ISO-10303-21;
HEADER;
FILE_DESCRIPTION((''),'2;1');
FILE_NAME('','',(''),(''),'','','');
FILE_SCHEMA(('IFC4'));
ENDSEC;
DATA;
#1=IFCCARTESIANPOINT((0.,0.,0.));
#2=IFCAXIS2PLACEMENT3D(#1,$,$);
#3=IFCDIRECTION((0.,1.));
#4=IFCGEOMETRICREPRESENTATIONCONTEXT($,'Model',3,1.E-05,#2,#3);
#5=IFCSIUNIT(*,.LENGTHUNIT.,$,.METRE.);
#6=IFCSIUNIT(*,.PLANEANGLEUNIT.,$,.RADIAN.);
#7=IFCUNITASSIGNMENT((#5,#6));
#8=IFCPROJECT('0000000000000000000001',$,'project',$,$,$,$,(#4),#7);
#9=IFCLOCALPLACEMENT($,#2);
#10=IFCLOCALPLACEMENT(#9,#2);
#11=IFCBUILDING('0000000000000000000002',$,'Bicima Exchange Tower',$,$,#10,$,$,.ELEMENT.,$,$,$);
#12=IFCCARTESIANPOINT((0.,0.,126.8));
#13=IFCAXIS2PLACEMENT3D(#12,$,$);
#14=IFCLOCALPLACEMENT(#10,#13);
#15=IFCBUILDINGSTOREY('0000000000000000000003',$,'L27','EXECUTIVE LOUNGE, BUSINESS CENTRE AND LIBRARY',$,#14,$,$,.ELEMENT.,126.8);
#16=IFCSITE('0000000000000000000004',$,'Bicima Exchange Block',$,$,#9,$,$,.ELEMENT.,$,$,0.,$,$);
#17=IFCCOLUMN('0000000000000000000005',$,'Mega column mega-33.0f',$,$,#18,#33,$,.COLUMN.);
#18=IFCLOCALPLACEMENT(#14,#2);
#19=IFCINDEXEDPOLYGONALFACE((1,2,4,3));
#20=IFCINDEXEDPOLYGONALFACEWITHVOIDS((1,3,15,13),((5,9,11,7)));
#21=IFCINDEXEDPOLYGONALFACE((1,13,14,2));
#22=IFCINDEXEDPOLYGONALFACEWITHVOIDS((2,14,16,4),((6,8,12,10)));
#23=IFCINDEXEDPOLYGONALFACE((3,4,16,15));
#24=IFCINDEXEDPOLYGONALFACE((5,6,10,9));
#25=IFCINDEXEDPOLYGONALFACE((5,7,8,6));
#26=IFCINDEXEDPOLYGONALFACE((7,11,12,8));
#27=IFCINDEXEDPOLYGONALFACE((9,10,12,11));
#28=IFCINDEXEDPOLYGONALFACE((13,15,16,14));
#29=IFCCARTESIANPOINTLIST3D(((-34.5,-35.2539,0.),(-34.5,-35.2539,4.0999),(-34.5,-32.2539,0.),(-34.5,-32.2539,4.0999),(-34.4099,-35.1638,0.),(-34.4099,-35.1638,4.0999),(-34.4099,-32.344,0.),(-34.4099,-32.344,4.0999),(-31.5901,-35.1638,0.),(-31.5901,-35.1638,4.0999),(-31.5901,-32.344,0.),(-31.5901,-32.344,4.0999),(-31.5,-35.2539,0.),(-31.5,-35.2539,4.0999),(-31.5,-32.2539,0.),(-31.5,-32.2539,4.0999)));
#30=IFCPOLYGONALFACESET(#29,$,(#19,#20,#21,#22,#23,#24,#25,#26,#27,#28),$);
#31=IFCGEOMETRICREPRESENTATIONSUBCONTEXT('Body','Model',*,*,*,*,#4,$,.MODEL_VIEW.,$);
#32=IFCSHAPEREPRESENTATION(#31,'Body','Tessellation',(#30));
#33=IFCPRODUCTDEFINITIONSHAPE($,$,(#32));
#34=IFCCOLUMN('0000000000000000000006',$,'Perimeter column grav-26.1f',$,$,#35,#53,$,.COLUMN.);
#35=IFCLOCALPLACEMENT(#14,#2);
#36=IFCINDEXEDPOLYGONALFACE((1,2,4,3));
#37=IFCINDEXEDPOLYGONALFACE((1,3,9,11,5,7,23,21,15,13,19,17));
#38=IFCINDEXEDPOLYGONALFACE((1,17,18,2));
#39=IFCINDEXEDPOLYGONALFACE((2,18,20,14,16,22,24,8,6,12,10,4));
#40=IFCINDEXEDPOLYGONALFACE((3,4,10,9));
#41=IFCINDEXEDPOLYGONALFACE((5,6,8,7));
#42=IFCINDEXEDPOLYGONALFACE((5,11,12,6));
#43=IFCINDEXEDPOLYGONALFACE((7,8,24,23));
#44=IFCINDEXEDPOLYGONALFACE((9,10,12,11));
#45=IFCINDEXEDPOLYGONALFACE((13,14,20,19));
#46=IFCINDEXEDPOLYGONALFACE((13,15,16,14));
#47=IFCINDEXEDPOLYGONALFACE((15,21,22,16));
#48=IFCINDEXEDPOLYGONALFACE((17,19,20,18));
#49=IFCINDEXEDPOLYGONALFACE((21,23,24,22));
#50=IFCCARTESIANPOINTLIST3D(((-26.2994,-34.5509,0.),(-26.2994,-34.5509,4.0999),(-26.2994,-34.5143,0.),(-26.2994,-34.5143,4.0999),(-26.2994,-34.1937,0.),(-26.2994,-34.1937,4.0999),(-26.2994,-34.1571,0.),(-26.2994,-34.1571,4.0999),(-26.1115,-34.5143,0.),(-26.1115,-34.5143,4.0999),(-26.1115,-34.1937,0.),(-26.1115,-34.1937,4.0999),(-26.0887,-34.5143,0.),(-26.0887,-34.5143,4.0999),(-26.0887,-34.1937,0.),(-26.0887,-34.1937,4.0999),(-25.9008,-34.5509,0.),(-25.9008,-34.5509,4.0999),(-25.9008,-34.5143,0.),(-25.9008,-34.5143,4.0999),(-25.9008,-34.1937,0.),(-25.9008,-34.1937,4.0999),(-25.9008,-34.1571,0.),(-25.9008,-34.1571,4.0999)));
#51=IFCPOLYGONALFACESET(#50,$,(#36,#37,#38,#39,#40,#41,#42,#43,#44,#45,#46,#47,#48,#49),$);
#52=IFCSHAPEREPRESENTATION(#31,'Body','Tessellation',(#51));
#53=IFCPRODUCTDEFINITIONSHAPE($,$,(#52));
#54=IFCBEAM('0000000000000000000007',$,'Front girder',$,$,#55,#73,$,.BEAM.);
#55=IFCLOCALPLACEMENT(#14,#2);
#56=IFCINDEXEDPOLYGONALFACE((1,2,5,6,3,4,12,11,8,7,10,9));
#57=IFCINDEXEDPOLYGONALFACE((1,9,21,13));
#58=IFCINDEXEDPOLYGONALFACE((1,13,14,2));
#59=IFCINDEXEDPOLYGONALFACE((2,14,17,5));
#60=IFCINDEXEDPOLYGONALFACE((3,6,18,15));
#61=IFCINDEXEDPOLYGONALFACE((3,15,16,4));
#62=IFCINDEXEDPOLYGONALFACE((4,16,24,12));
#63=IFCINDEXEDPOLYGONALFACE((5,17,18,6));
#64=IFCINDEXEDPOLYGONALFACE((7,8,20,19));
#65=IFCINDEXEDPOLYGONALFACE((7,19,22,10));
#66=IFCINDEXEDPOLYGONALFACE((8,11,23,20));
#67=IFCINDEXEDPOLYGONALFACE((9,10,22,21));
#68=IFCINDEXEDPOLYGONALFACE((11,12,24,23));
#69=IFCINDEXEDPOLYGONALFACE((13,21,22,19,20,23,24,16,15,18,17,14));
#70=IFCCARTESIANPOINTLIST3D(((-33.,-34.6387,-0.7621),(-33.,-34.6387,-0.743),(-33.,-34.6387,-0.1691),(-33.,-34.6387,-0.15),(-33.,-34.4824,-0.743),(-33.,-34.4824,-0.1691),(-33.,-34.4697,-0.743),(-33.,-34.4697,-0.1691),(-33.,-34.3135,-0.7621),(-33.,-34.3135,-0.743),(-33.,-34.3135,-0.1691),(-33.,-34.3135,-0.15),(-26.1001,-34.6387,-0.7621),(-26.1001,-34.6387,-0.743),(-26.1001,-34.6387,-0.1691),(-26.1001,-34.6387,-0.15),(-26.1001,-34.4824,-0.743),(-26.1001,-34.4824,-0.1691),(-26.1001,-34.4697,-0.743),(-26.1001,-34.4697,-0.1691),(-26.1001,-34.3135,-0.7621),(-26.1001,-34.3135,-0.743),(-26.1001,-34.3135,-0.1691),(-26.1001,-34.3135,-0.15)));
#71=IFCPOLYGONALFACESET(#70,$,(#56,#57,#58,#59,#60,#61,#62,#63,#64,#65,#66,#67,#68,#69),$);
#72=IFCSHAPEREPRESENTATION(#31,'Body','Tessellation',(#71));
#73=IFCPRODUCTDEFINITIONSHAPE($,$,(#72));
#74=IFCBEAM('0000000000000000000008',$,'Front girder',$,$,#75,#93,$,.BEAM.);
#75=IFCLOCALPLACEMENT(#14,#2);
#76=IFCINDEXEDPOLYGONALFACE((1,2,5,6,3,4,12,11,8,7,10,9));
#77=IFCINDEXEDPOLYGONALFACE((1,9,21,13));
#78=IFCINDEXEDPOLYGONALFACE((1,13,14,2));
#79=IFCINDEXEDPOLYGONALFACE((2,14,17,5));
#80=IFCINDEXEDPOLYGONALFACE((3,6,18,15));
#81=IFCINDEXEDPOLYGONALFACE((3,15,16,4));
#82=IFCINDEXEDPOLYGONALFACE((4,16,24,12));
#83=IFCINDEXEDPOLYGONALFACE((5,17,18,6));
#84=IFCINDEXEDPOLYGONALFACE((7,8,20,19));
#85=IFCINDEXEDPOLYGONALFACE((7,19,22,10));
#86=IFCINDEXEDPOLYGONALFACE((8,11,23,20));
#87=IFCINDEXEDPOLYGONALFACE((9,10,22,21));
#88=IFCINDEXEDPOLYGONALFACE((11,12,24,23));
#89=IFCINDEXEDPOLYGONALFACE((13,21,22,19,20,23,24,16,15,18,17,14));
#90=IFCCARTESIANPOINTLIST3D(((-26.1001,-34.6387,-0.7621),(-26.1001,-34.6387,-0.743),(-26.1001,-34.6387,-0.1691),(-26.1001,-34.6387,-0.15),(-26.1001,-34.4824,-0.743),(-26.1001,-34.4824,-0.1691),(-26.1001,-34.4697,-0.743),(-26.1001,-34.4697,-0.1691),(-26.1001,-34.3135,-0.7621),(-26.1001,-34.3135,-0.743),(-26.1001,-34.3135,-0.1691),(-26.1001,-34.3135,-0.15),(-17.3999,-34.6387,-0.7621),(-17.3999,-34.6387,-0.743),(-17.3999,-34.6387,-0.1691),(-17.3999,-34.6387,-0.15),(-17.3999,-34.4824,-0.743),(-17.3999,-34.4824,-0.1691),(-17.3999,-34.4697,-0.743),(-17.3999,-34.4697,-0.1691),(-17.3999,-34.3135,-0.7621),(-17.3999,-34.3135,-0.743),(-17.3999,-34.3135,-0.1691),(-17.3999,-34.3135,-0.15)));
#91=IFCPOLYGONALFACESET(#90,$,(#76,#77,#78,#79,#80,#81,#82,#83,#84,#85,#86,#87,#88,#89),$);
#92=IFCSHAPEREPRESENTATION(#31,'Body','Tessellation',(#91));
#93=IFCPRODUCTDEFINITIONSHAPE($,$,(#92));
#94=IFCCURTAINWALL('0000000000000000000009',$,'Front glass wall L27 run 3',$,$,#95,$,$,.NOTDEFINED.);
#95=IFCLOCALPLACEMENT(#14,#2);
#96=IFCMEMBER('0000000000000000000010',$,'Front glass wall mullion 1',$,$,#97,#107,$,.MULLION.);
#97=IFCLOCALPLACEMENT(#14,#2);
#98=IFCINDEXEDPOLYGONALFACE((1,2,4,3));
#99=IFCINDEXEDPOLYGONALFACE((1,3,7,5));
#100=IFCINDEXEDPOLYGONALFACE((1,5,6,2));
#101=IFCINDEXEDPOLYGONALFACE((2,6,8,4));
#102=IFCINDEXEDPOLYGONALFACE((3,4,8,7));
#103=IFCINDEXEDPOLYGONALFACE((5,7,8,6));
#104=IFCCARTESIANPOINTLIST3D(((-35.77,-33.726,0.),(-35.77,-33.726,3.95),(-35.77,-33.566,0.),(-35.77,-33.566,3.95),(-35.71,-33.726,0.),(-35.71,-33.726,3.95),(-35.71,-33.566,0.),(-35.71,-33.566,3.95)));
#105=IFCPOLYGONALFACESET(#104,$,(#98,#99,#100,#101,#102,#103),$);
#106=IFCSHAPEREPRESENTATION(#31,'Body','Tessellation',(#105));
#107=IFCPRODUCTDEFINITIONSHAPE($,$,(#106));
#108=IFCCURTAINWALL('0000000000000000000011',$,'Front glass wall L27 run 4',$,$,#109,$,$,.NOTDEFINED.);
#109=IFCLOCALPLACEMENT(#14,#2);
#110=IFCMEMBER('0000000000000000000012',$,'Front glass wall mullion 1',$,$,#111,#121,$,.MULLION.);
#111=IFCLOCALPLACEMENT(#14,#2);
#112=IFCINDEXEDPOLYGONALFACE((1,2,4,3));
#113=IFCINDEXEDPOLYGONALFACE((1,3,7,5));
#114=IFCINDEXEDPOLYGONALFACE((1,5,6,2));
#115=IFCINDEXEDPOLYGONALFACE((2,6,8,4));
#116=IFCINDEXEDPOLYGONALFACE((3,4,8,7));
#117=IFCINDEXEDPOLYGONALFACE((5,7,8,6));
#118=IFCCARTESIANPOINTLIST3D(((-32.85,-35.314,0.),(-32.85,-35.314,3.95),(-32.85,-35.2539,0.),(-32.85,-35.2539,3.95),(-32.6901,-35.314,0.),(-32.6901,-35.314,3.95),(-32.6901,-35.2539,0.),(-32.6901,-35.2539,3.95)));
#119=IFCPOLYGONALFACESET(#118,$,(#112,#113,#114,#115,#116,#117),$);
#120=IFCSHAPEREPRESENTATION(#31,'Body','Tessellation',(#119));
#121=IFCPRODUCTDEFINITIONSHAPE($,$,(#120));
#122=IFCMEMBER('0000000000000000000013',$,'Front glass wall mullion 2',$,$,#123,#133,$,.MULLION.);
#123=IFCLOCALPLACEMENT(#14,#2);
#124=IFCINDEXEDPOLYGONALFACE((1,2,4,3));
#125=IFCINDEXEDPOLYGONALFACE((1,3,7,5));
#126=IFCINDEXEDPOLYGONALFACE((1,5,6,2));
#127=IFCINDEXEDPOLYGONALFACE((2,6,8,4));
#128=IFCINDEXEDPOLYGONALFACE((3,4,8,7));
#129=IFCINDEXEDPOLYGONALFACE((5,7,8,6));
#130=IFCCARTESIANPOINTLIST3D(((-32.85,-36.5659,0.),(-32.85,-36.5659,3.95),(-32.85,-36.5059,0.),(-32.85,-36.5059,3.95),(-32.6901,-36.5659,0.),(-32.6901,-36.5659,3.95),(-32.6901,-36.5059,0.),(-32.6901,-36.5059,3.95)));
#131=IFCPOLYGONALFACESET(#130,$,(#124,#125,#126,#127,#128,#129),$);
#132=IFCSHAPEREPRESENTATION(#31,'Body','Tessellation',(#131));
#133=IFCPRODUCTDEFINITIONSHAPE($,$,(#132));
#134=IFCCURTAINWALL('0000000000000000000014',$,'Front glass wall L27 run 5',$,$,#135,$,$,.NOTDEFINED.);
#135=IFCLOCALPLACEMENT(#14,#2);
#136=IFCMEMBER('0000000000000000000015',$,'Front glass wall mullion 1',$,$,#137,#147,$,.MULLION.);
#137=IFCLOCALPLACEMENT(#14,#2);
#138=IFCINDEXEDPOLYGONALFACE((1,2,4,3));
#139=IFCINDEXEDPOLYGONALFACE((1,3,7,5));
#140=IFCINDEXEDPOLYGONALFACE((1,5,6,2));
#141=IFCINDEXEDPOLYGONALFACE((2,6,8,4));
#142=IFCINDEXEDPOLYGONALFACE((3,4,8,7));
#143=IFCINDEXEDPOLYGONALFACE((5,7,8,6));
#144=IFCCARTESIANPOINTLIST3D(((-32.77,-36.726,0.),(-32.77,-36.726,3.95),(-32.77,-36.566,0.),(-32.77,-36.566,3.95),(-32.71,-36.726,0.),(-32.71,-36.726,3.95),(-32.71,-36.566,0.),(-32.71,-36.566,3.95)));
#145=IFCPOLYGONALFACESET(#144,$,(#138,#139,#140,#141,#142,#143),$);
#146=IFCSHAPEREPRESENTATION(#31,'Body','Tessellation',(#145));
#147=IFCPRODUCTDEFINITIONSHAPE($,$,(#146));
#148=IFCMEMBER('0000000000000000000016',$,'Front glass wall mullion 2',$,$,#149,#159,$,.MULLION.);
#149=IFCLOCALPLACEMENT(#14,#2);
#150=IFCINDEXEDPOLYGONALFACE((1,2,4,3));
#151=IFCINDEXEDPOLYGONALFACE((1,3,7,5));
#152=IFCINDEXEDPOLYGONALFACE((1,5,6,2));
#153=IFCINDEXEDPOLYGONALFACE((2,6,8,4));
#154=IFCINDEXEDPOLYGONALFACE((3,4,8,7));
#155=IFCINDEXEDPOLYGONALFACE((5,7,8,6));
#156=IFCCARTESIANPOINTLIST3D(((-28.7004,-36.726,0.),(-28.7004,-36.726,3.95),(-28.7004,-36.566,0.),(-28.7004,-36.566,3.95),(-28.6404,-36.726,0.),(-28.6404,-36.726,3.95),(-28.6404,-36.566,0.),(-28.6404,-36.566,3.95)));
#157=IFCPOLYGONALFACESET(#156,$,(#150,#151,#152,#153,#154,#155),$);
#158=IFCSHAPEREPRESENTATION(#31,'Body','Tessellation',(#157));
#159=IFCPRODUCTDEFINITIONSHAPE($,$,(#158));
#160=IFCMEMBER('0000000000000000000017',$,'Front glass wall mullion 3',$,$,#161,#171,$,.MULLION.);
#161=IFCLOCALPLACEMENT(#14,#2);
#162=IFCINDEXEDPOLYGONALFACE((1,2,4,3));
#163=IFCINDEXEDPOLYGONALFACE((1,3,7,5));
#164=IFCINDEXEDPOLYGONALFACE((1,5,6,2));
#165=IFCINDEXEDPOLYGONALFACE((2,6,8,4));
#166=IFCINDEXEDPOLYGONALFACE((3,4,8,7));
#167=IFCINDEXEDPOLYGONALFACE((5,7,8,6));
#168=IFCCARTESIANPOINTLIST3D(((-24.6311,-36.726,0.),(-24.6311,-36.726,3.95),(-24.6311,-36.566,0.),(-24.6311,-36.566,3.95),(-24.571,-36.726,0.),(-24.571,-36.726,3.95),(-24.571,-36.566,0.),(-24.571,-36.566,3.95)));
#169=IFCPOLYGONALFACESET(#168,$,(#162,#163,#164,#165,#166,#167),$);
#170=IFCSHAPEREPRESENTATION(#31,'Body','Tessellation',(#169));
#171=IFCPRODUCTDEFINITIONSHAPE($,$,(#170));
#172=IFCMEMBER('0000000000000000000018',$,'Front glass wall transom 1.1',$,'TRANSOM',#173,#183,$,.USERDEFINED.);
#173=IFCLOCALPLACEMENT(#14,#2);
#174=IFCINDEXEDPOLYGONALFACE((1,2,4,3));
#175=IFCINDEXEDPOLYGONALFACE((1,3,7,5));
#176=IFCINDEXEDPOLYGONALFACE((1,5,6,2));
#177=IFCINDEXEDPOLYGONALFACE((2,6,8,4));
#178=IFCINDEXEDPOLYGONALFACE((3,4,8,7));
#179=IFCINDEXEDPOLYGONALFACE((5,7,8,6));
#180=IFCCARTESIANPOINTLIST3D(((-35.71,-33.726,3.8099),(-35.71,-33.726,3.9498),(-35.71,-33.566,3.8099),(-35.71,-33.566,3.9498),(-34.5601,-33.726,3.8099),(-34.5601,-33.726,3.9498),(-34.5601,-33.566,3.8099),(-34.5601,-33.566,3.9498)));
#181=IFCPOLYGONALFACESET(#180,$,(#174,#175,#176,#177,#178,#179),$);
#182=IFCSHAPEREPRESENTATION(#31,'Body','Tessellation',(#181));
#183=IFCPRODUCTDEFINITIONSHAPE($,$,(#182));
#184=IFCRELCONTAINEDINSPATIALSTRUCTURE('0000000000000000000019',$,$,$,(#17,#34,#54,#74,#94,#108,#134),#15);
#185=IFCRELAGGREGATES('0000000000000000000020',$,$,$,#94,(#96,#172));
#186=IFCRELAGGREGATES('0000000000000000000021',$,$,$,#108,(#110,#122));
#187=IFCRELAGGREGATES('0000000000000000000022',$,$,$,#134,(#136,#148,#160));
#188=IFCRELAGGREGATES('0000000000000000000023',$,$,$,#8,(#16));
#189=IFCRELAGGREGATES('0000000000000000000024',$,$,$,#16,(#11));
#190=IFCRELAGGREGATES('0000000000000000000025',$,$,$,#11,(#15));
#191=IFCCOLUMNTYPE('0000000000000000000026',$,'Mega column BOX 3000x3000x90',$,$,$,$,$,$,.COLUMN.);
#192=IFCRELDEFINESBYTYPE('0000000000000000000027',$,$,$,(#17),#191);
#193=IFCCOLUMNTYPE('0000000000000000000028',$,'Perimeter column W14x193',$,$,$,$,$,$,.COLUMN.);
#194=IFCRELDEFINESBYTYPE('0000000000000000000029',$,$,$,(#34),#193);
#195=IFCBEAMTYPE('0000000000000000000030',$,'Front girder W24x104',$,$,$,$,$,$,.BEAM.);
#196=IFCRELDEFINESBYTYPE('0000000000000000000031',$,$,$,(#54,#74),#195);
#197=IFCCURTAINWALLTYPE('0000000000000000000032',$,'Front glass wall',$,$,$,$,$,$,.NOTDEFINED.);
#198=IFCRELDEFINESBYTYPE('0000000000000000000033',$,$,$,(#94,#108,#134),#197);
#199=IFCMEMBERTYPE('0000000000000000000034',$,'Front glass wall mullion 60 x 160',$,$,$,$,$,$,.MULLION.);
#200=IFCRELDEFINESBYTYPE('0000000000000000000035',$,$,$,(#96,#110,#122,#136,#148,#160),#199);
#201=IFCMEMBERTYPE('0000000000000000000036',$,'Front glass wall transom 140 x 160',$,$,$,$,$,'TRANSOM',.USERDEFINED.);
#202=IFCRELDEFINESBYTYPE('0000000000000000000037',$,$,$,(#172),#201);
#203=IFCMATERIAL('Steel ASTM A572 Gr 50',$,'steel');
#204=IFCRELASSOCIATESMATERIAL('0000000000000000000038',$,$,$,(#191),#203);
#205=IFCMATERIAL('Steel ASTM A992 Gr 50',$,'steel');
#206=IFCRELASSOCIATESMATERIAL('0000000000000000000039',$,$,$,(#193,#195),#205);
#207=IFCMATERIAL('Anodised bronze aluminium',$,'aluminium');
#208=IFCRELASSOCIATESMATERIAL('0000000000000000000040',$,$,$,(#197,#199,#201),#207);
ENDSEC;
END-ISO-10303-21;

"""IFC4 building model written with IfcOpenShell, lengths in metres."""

from ifc_helpers import new_model, si_unit, direction, frame, origin, origin_2d, place, context, subcontext, project, spatial, rectangle, hollow_rectangle, i_section, extrude, material, material_profile, profile_set, type_object, element, aggregate, save


model = new_model("IFC4")

# Units and contexts
model_context = context("Model", 3, precision=1e-05, world=origin(), true_north=direction((0.0, 1.0)))
body_context = subcontext(model_context, "Body", "Model", "MODEL_VIEW")
ifc_project = project(units=[si_unit("LENGTHUNIT", "METRE"), si_unit("PLANEANGLEUNIT", "RADIAN")], contexts=[model_context])

# Site, building, storey
site_placement = place(None, origin())
site = spatial("IfcSite", under=ifc_project, at=site_placement, Name="Bicima Exchange Block", CompositionType="ELEMENT", RefElevation=0.0)
building_placement = place(site_placement, origin())
building = spatial("IfcBuilding", under=site, at=building_placement, Name="Bicima Exchange Tower", CompositionType="ELEMENT")
storey_placement = place(building_placement, frame((0.0, 0.0, 126.8)))
storey = spatial("IfcBuildingStorey", under=building, at=storey_placement, Name="L27", Description="EXECUTIVE LOUNGE, BUSINESS CENTRE AND LIBRARY", CompositionType="ELEMENT", Elevation=126.8)

# Columns
ifc_material_1 = material(Name="Steel ASTM A572 Gr 50", Category="steel")
ifc_material_profile_1 = material_profile(ifc_material_1, hollow_rectangle(XDim=3.0, YDim=3.0, WallThickness=0.0901, at=origin_2d()))
ifc_profile_set_1 = profile_set([ifc_material_profile_1], Name="Steel ASTM A572 Gr 50")
column_type_1 = type_object("IfcColumnType", Name="Mega column BOX 3000x3000x90", PredefinedType="COLUMN", material=ifc_profile_set_1)
column_1_placement = place(storey_placement, frame((-33.0, -33.7539, 0.0), z_axis=(0.0, 0.0, 1.0), x_axis=(1.0, 0.0, 0.0)))
element("IfcColumn", 1, at=column_1_placement, inside=storey, type_object=column_type_1, Name="Mega column mega-33.0f", PredefinedType="COLUMN", context=body_context, shape_type="SweptSolid", body=[
    extrude(hollow_rectangle(XDim=3.0, YDim=3.0, WallThickness=0.0901, at=origin_2d()), origin(), (0.0, 0.0, 1.0), 4.0999),
])
ifc_material_2 = material(Name="Steel ASTM A992 Gr 50", Category="steel")
ifc_material_profile_2 = material_profile(ifc_material_2, i_section(OverallWidth=0.3987, OverallDepth=0.3938, WebThickness=0.0227, FlangeThickness=0.0366, at=origin_2d()))
ifc_profile_set_2 = profile_set([ifc_material_profile_2], Name="Steel ASTM A992 Gr 50")
column_type_2 = type_object("IfcColumnType", Name="Perimeter column W14x193", PredefinedType="COLUMN", material=ifc_profile_set_2)
column_2_placement = place(storey_placement, frame((-26.1001, -34.354, 0.0), z_axis=(0.0, 0.0, 1.0), x_axis=(1.0, 0.0, 0.0)))
element("IfcColumn", 2, at=column_2_placement, inside=storey, type_object=column_type_2, Name="Perimeter column grav-26.1f", PredefinedType="COLUMN", context=body_context, shape_type="SweptSolid", body=[
    extrude(i_section(OverallWidth=0.3987, OverallDepth=0.3938, WebThickness=0.0227, FlangeThickness=0.0366, at=origin_2d()), origin(), (0.0, 0.0, 1.0), 4.0999),
])

# Beams
ifc_material_profile_3 = material_profile(ifc_material_2, i_section(OverallWidth=0.3252, OverallDepth=0.6121, WebThickness=0.0127, FlangeThickness=0.019, at=origin_2d()))
ifc_profile_set_3 = profile_set([ifc_material_profile_3], Name="Steel ASTM A992 Gr 50")
beam_type = type_object("IfcBeamType", Name="Front girder W24x104", PredefinedType="BEAM", material=ifc_profile_set_3)
beam_1_placement = place(storey_placement, frame((-33.0, -34.4761, -0.4561), z_axis=(1.0, 0.0, 0.0), x_axis=(0.0, 1.0, 0.0)))
element("IfcBeam", 3, at=beam_1_placement, inside=storey, type_object=beam_type, Name="Front girder", PredefinedType="BEAM", context=body_context, shape_type="SweptSolid", body=[
    extrude(i_section(OverallWidth=0.3252, OverallDepth=0.6121, WebThickness=0.0127, FlangeThickness=0.019, at=origin_2d()), origin(), (0.0, 0.0, 1.0), 6.8999),
])
beam_2_placement = place(storey_placement, frame((-26.1001, -34.4761, -0.4561), z_axis=(1.0, 0.0, 0.0), x_axis=(0.0, 1.0, 0.0)))
element("IfcBeam", 4, at=beam_2_placement, inside=storey, type_object=beam_type, Name="Front girder", PredefinedType="BEAM", context=body_context, shape_type="SweptSolid", body=[
    extrude(i_section(OverallWidth=0.3252, OverallDepth=0.6121, WebThickness=0.0127, FlangeThickness=0.019, at=origin_2d()), origin(), (0.0, 0.0, 1.0), 8.7002),
])

# Curtain wall, member
ifc_material_3 = material(Name="Anodised bronze aluminium", Category="aluminium")
curtain_wall_type = type_object("IfcCurtainWallType", Name="Front glass wall", PredefinedType="NOTDEFINED", material=ifc_material_3)
curtain_wall_1_placement = place(storey_placement, origin())
curtain_wall_1 = element("IfcCurtainWall", 5, at=curtain_wall_1_placement, inside=storey, type_object=curtain_wall_type, Name="Front glass wall L27 run 3", PredefinedType="NOTDEFINED")
ifc_material_profile_4 = material_profile(ifc_material_3, rectangle(XDim=0.1599, YDim=0.0601, at=origin_2d()))
ifc_profile_set_4 = profile_set([ifc_material_profile_4], Name="Anodised bronze aluminium")
member_type_1 = type_object("IfcMemberType", Name="Front glass wall mullion 60 x 160", PredefinedType="MULLION", material=ifc_profile_set_4)
member_1_placement = place(storey_placement, frame((-35.74, -33.646, 0.0), z_axis=(0.0, 0.0, 1.0), x_axis=(0.0, 1.0, 0.0)))
member_1 = element("IfcMember", 6, at=member_1_placement, type_object=member_type_1, Name="Front glass wall mullion 1", PredefinedType="MULLION", context=body_context, shape_type="SweptSolid", body=[
    extrude(rectangle(XDim=0.1599, YDim=0.0601, at=origin_2d()), origin(), (0.0, 0.0, 1.0), 3.95),
])

# Curtain walls, members
curtain_wall_2_placement = place(storey_placement, origin())
curtain_wall_2 = element("IfcCurtainWall", 7, at=curtain_wall_2_placement, inside=storey, type_object=curtain_wall_type, Name="Front glass wall L27 run 4", PredefinedType="NOTDEFINED")
member_2_placement = place(storey_placement, frame((-32.77, -35.2839, 0.0), z_axis=(0.0, 0.0, 1.0), x_axis=(1.0, 0.0, 0.0)))
member_2 = element("IfcMember", 8, at=member_2_placement, type_object=member_type_1, Name="Front glass wall mullion 1", PredefinedType="MULLION", context=body_context, shape_type="SweptSolid", body=[
    extrude(rectangle(XDim=0.1599, YDim=0.0601, at=origin_2d()), origin(), (0.0, 0.0, 1.0), 3.95),
])
member_3_placement = place(storey_placement, frame((-32.77, -36.5359, 0.0), z_axis=(0.0, 0.0, 1.0), x_axis=(1.0, 0.0, 0.0)))
member_3 = element("IfcMember", 9, at=member_3_placement, type_object=member_type_1, Name="Front glass wall mullion 2", PredefinedType="MULLION", context=body_context, shape_type="SweptSolid", body=[
    extrude(rectangle(XDim=0.1599, YDim=0.0601, at=origin_2d()), origin(), (0.0, 0.0, 1.0), 3.95),
])
curtain_wall_3_placement = place(storey_placement, origin())
curtain_wall_3 = element("IfcCurtainWall", 10, at=curtain_wall_3_placement, inside=storey, type_object=curtain_wall_type, Name="Front glass wall L27 run 5", PredefinedType="NOTDEFINED")
member_4_placement = place(storey_placement, frame((-32.74, -36.646, 0.0), z_axis=(0.0, 0.0, 1.0), x_axis=(0.0, 1.0, 0.0)))
member_4 = element("IfcMember", 11, at=member_4_placement, type_object=member_type_1, Name="Front glass wall mullion 1", PredefinedType="MULLION", context=body_context, shape_type="SweptSolid", body=[
    extrude(rectangle(XDim=0.1599, YDim=0.0601, at=origin_2d()), origin(), (0.0, 0.0, 1.0), 3.95),
])
member_5_placement = place(storey_placement, frame((-28.6704, -36.646, 0.0), z_axis=(0.0, 0.0, 1.0), x_axis=(0.0, 1.0, 0.0)))
member_5 = element("IfcMember", 12, at=member_5_placement, type_object=member_type_1, Name="Front glass wall mullion 2", PredefinedType="MULLION", context=body_context, shape_type="SweptSolid", body=[
    extrude(rectangle(XDim=0.1599, YDim=0.0601, at=origin_2d()), origin(), (0.0, 0.0, 1.0), 3.95),
])
member_6_placement = place(storey_placement, frame((-24.6011, -36.646, 0.0), z_axis=(0.0, 0.0, 1.0), x_axis=(0.0, 1.0, 0.0)))
member_6 = element("IfcMember", 13, at=member_6_placement, type_object=member_type_1, Name="Front glass wall mullion 3", PredefinedType="MULLION", context=body_context, shape_type="SweptSolid", body=[
    extrude(rectangle(XDim=0.1599, YDim=0.0601, at=origin_2d()), origin(), (0.0, 0.0, 1.0), 3.95),
])

# Member
ifc_material_profile_5 = material_profile(ifc_material_3, rectangle(XDim=0.1599, YDim=0.1399, at=origin_2d()))
ifc_profile_set_5 = profile_set([ifc_material_profile_5], Name="Anodised bronze aluminium")
member_type_2 = type_object("IfcMemberType", Name="Front glass wall transom 140 x 160", ElementType="TRANSOM", PredefinedType="USERDEFINED", material=ifc_profile_set_5)
member_7_placement = place(storey_placement, frame((-35.71, -33.646, 3.8799), z_axis=(1.0, 0.0, 0.0), x_axis=(0.0, 1.0, 0.0)))
member_7 = element("IfcMember", 14, at=member_7_placement, type_object=member_type_2, Name="Front glass wall transom 1.1", ObjectType="TRANSOM", PredefinedType="USERDEFINED", context=body_context, shape_type="SweptSolid", body=[
    extrude(rectangle(XDim=0.1599, YDim=0.1399, at=origin_2d()), origin(), (0.0, 0.0, 1.0), 1.1499),
])
aggregate(curtain_wall_1, [member_1, member_7])

aggregate(curtain_wall_2, [member_2, member_3])
aggregate(curtain_wall_3, [member_4, member_5, member_6])

save(model, "model.ifc")
